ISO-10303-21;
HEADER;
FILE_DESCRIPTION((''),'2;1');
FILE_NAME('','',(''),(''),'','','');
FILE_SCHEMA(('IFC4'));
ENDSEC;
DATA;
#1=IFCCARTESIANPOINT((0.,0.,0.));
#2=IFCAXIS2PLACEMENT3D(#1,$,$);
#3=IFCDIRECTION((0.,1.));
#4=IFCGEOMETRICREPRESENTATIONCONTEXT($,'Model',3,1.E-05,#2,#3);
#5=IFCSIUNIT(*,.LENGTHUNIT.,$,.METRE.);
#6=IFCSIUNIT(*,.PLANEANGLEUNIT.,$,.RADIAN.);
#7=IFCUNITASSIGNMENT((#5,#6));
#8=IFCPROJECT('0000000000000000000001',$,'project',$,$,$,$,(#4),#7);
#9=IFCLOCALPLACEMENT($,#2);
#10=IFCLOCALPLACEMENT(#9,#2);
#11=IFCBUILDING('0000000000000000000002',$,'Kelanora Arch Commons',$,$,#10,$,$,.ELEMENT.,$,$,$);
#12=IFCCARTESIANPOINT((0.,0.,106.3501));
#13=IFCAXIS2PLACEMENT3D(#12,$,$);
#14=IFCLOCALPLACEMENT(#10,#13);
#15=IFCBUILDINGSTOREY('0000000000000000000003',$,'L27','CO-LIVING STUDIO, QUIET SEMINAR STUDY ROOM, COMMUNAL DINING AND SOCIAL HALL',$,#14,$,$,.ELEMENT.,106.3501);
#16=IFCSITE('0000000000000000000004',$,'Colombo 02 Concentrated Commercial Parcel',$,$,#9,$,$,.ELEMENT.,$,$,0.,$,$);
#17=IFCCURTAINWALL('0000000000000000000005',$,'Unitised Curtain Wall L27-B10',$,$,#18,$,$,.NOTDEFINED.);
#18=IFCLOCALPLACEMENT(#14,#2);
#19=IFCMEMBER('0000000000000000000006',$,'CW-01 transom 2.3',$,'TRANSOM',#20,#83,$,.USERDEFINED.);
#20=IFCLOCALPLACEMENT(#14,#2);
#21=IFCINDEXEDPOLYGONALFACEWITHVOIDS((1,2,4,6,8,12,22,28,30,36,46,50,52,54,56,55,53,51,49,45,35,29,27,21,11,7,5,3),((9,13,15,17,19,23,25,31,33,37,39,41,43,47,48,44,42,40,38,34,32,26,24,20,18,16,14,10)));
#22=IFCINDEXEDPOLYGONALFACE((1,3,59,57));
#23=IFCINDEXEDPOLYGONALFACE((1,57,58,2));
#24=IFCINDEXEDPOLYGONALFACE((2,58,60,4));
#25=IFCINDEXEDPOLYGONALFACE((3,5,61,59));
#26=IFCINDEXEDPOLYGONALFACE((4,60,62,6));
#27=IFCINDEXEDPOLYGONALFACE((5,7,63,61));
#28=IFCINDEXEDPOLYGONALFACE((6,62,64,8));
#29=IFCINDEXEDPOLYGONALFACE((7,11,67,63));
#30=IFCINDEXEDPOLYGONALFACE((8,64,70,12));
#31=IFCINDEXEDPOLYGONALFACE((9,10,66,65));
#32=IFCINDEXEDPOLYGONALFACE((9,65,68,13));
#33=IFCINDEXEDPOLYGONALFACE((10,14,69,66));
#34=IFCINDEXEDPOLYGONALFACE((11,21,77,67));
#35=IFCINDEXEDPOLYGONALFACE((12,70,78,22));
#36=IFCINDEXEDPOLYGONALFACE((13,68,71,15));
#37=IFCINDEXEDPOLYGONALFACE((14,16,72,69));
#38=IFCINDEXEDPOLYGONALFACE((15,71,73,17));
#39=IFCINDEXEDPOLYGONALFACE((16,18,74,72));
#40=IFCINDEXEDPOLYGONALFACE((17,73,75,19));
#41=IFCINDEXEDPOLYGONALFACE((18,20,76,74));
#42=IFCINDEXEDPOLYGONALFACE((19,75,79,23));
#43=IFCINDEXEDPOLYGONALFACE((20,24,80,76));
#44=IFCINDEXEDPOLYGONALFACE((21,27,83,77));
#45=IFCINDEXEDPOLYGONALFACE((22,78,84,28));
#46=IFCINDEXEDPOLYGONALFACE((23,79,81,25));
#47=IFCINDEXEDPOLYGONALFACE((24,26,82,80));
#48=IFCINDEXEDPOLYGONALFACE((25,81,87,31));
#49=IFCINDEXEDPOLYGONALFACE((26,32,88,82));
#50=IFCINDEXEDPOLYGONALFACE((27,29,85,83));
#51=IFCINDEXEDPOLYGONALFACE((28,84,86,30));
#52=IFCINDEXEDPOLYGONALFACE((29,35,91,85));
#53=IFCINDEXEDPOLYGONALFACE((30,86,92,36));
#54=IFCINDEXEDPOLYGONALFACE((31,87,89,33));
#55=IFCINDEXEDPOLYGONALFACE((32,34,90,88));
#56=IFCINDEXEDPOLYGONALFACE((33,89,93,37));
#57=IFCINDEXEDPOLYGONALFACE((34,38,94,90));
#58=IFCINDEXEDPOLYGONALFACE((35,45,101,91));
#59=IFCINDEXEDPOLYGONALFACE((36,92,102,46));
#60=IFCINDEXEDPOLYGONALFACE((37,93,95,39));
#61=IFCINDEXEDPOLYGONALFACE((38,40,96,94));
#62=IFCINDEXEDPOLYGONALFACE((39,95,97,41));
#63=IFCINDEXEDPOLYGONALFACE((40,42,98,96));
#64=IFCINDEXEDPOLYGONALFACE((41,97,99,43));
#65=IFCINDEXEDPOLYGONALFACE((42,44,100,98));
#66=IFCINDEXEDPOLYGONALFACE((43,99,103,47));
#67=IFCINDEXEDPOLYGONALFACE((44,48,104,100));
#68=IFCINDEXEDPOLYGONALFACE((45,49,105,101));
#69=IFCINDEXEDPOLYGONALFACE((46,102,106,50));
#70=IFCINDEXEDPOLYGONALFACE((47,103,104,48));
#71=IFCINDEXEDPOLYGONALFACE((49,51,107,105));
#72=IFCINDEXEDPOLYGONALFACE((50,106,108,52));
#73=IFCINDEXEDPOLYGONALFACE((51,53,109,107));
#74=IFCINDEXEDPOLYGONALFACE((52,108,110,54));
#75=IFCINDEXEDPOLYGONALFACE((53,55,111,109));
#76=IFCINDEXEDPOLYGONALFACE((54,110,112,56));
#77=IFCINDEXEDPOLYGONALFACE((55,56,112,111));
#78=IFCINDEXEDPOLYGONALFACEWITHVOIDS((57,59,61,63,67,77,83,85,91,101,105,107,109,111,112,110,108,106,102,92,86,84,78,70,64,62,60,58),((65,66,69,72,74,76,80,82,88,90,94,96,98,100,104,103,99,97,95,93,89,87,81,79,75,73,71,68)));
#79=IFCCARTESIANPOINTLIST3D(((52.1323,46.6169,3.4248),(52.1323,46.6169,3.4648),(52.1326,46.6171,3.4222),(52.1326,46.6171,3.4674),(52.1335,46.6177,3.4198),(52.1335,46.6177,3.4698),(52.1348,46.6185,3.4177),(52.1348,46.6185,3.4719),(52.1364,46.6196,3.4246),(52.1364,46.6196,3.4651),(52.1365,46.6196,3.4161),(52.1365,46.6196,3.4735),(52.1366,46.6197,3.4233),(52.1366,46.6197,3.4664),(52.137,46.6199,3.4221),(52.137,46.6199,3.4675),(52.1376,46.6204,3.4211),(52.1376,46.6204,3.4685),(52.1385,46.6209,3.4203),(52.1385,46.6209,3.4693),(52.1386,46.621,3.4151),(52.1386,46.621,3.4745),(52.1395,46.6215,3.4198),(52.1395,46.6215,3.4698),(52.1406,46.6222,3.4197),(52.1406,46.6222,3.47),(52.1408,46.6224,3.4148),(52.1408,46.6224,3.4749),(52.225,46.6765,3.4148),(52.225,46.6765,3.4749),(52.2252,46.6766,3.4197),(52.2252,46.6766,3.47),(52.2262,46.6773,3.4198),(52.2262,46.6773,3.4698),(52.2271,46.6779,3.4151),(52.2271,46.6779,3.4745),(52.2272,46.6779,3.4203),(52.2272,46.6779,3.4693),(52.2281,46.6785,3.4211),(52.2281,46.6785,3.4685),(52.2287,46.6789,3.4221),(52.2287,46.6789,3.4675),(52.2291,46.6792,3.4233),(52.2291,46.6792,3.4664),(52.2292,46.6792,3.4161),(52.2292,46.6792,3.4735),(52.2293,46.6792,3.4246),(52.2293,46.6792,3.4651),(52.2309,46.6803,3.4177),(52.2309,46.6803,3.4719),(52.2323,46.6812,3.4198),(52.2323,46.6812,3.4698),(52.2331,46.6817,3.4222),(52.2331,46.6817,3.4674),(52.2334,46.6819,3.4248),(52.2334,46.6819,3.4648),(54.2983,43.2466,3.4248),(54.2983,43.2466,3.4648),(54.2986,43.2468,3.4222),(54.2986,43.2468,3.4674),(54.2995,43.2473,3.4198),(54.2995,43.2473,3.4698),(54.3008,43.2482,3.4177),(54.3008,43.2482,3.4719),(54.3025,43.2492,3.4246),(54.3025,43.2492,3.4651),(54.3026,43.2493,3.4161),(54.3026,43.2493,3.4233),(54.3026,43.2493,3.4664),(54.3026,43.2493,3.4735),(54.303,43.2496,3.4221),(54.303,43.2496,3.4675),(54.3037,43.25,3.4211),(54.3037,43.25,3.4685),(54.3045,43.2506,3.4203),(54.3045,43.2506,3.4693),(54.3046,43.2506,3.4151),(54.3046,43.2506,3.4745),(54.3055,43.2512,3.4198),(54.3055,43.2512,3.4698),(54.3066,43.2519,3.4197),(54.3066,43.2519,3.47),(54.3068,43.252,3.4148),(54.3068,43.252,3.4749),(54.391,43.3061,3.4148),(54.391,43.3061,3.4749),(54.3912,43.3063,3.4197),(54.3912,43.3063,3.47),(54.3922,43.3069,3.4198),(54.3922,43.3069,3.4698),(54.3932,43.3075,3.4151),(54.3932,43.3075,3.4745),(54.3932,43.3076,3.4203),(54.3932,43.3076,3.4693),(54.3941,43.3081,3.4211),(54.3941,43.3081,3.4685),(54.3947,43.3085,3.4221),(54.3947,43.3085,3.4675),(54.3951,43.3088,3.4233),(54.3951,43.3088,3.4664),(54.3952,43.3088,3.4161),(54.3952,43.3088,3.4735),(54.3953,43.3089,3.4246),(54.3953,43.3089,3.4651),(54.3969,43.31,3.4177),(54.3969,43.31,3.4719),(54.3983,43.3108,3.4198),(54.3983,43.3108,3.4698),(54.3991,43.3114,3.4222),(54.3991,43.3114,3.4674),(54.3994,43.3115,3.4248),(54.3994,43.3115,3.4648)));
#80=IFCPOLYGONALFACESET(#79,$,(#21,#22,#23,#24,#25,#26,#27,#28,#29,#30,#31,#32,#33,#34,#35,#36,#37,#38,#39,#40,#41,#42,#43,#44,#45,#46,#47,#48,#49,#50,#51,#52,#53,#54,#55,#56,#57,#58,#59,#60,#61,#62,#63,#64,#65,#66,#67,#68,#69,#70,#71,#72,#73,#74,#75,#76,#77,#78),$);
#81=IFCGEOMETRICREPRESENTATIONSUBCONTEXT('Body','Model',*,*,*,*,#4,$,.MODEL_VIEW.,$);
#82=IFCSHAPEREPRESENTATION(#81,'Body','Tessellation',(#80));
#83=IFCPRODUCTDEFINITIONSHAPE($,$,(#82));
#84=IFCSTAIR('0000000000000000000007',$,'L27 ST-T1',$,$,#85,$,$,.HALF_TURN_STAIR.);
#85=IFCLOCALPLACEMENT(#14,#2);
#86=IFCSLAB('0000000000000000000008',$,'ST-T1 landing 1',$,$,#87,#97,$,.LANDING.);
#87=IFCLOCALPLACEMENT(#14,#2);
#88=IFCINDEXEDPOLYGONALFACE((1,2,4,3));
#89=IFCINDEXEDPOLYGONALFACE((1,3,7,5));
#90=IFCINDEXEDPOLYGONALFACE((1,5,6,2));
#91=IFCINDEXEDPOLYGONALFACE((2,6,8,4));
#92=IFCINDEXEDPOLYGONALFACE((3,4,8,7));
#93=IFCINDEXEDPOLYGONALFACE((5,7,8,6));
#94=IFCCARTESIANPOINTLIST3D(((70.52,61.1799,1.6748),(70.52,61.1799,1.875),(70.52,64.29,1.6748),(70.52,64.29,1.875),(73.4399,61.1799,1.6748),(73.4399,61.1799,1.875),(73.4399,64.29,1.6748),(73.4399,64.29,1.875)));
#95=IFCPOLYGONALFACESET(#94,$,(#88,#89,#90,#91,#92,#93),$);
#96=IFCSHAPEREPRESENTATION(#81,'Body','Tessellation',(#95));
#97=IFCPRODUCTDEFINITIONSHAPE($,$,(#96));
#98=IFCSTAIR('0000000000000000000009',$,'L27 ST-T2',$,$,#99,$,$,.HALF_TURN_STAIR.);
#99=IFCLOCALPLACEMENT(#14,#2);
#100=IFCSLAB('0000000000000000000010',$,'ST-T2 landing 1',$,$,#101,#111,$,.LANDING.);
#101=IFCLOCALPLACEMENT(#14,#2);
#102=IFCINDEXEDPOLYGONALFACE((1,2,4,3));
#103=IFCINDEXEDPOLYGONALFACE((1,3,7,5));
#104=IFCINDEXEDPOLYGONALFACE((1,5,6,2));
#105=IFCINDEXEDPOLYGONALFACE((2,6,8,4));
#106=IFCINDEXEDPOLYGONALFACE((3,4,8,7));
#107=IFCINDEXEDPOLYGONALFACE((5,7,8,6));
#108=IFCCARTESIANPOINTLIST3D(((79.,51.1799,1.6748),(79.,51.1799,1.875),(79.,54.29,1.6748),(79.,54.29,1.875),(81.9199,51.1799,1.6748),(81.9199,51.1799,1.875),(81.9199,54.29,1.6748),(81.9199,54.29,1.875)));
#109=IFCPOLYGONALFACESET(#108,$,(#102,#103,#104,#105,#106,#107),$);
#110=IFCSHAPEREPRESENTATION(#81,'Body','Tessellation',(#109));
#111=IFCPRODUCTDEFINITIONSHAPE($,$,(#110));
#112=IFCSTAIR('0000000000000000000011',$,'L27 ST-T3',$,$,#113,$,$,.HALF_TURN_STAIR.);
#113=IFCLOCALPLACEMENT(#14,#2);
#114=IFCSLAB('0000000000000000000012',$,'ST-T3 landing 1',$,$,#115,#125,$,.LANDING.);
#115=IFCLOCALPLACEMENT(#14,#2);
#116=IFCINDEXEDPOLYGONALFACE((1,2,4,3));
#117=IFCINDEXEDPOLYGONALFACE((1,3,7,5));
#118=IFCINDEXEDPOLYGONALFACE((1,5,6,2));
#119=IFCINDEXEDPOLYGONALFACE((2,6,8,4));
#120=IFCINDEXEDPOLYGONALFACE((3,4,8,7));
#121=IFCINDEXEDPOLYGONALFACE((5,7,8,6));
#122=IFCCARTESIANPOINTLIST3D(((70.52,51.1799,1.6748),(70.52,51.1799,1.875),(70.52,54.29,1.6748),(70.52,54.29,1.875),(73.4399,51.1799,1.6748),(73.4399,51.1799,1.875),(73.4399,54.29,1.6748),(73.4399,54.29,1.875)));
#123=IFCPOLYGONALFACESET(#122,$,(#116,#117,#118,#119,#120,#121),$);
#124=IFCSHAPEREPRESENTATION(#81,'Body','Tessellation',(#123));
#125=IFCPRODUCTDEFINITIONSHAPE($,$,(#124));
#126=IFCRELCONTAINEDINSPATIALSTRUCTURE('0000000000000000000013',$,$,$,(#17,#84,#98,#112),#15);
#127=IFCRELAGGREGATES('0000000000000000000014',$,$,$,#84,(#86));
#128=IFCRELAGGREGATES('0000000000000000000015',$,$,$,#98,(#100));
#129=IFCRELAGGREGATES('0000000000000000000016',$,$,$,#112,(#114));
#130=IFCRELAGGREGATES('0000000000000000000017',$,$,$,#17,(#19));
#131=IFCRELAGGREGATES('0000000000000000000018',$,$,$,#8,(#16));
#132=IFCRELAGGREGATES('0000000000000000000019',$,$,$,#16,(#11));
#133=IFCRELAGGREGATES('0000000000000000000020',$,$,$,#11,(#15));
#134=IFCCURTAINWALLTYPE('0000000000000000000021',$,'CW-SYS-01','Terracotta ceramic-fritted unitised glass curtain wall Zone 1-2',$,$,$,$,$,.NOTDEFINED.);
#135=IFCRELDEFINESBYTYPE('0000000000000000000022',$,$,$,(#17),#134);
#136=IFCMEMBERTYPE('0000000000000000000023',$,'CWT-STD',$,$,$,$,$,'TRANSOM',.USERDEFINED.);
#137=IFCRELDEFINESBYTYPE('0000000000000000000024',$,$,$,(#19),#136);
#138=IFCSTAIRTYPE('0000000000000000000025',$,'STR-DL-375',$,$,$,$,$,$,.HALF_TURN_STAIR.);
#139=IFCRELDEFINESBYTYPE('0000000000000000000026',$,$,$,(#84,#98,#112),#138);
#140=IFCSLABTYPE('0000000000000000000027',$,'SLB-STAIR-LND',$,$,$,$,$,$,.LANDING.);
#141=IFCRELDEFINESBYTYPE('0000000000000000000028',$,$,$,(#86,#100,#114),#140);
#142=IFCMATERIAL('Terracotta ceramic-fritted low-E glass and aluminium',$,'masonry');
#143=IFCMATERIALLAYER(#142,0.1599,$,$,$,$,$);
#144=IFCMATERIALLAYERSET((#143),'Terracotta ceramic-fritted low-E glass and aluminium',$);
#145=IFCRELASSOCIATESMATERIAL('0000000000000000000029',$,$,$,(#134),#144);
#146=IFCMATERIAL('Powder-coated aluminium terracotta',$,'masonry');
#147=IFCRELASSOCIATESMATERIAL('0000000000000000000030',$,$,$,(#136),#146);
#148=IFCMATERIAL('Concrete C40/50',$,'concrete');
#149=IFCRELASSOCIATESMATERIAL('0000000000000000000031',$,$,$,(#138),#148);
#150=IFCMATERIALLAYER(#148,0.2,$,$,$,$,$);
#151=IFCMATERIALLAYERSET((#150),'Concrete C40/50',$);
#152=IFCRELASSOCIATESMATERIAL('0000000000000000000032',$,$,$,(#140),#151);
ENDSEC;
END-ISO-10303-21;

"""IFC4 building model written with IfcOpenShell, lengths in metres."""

from ifc_helpers import new_model, si_unit, direction, frame, origin, origin_2d, place, context, subcontext, project, spatial, polyline, hollow_rectangle, outline, extrude, material, layer, layer_set, material_profile, profile_set, type_object, element, aggregate, save


model = new_model("IFC4")

# Units and contexts
model_context = context("Model", 3, precision=1e-05, world=origin(), true_north=direction((0.0, 1.0)))
body_context = subcontext(model_context, "Body", "Model", "MODEL_VIEW")
ifc_project = project(units=[si_unit("LENGTHUNIT", "METRE"), si_unit("PLANEANGLEUNIT", "RADIAN")], contexts=[model_context])

# Site, building, storey
site_placement = place(None, origin())
site = spatial("IfcSite", under=ifc_project, at=site_placement, Name="Colombo 02 Concentrated Commercial Parcel", CompositionType="ELEMENT", RefElevation=0.0)
building_placement = place(site_placement, origin())
building = spatial("IfcBuilding", under=site, at=building_placement, Name="Kelanora Arch Commons", CompositionType="ELEMENT")
storey_placement = place(building_placement, frame((0.0, 0.0, 106.3501)))
storey = spatial("IfcBuildingStorey", under=building, at=storey_placement, Name="L27", Description="CO-LIVING STUDIO, QUIET SEMINAR STUDY ROOM, COMMUNAL DINING AND SOCIAL HALL", CompositionType="ELEMENT", Elevation=106.3501)

# Shared definitions
ifc_material_1 = material(Name="Terracotta ceramic-fritted low-E glass and aluminium", Category="masonry")
ifc_layer_1 = layer(ifc_material_1, 0.1599)
ifc_layer_set_1 = layer_set([ifc_layer_1], Name="Terracotta ceramic-fritted low-E glass and aluminium")
curtain_wall_type = type_object("IfcCurtainWallType", Name="CW-SYS-01", Description="Terracotta ceramic-fritted unitised glass curtain wall Zone 1-2", PredefinedType="NOTDEFINED", material=ifc_layer_set_1)
ifc_material_2 = material(Name="Powder-coated aluminium terracotta", Category="masonry")

# Curtain wall, member
curtain_wall_1_placement = place(storey_placement, origin())
curtain_wall_1 = element("IfcCurtainWall", 1, at=curtain_wall_1_placement, inside=storey, type_object=curtain_wall_type, Name="Unitised Curtain Wall L27-B10", PredefinedType="NOTDEFINED")
ifc_material_profile_1 = material_profile(ifc_material_2, hollow_rectangle(XDim=0.1201, YDim=0.0601, WallThickness=0.0049, InnerFilletRadius=0.0049, OuterFilletRadius=0.01, at=origin_2d()), Name="CWT120x60")
ifc_profile_set_1 = profile_set([ifc_material_profile_1], Name="Powder-coated aluminium terracotta")
member_type_1 = type_object("IfcMemberType", Name="CWT-STD", ElementType="TRANSOM", PredefinedType="USERDEFINED", material=ifc_profile_set_1)
member_1_placement = place(storey_placement, frame((52.1829, 46.6494, 3.4448), z_axis=(0.540644, -0.841252, 0.0), x_axis=(0.841252, 0.540644, 0.0)))
member_1 = element("IfcMember", 2, at=member_1_placement, type_object=member_type_1, Name="CW-01 transom 2.3", ObjectType="TRANSOM", PredefinedType="USERDEFINED", context=body_context, shape_type="SweptSolid", body=[
    extrude(hollow_rectangle(XDim=0.1201, YDim=0.0601, WallThickness=0.0049, InnerFilletRadius=0.0049, OuterFilletRadius=0.01, at=origin_2d()), origin(), (0.0, 0.0, 1.0), 4.0063),
])

# Stairs, slabs
ifc_material_3 = material(Name="Concrete C40/50", Category="concrete")
stair_type = type_object("IfcStairType", Name="STR-DL-375", PredefinedType="HALF_TURN_STAIR", material=ifc_material_3)
stair_1_placement = place(storey_placement, origin())
stair_1 = element("IfcStair", 3, at=stair_1_placement, inside=storey, type_object=stair_type, Name="L27 ST-T1", PredefinedType="HALF_TURN_STAIR")
ifc_layer_2 = layer(ifc_material_3, 0.2)
ifc_layer_set_2 = layer_set([ifc_layer_2], Name="Concrete C40/50")
slab_type_1 = type_object("IfcSlabType", Name="SLB-STAIR-LND", PredefinedType="LANDING", material=ifc_layer_set_2)
slab_1_placement = place(storey_placement, frame((0.0, 0.0, 1.6748)))
slab_1 = element("IfcSlab", 4, at=slab_1_placement, type_object=slab_type_1, Name="ST-T1 landing 1", PredefinedType="LANDING", context=body_context, shape_type="SweptSolid", body=[
    extrude(outline(polyline([(70.52, 61.1799), (73.4399, 61.1799), (73.4399, 64.29), (70.52, 64.29), (70.52, 61.1799)])), origin(), (0.0, 0.0, 1.0), 0.2002),
])
aggregate(stair_1, [slab_1])
stair_2_placement = place(storey_placement, origin())
stair_2 = element("IfcStair", 5, at=stair_2_placement, inside=storey, type_object=stair_type, Name="L27 ST-T2", PredefinedType="HALF_TURN_STAIR")
slab_2_placement = place(storey_placement, frame((0.0, 0.0, 1.6748)))
slab_2 = element("IfcSlab", 6, at=slab_2_placement, type_object=slab_type_1, Name="ST-T2 landing 1", PredefinedType="LANDING", context=body_context, shape_type="SweptSolid", body=[
    extrude(outline(polyline([(79.0, 51.1799), (81.9199, 51.1799), (81.9199, 54.29), (79.0, 54.29), (79.0, 51.1799)])), origin(), (0.0, 0.0, 1.0), 0.2002),
])
aggregate(stair_2, [slab_2])
stair_3_placement = place(storey_placement, origin())
stair_3 = element("IfcStair", 7, at=stair_3_placement, inside=storey, type_object=stair_type, Name="L27 ST-T3", PredefinedType="HALF_TURN_STAIR")
slab_3_placement = place(storey_placement, frame((0.0, 0.0, 1.6748)))
slab_3 = element("IfcSlab", 8, at=slab_3_placement, type_object=slab_type_1, Name="ST-T3 landing 1", PredefinedType="LANDING", context=body_context, shape_type="SweptSolid", body=[
    extrude(outline(polyline([(70.52, 51.1799), (73.4399, 51.1799), (73.4399, 54.29), (70.52, 54.29), (70.52, 51.1799)])), origin(), (0.0, 0.0, 1.0), 0.2002),
])
aggregate(stair_3, [slab_3])

aggregate(curtain_wall_1, [member_1])

save(model, "model.ifc")
